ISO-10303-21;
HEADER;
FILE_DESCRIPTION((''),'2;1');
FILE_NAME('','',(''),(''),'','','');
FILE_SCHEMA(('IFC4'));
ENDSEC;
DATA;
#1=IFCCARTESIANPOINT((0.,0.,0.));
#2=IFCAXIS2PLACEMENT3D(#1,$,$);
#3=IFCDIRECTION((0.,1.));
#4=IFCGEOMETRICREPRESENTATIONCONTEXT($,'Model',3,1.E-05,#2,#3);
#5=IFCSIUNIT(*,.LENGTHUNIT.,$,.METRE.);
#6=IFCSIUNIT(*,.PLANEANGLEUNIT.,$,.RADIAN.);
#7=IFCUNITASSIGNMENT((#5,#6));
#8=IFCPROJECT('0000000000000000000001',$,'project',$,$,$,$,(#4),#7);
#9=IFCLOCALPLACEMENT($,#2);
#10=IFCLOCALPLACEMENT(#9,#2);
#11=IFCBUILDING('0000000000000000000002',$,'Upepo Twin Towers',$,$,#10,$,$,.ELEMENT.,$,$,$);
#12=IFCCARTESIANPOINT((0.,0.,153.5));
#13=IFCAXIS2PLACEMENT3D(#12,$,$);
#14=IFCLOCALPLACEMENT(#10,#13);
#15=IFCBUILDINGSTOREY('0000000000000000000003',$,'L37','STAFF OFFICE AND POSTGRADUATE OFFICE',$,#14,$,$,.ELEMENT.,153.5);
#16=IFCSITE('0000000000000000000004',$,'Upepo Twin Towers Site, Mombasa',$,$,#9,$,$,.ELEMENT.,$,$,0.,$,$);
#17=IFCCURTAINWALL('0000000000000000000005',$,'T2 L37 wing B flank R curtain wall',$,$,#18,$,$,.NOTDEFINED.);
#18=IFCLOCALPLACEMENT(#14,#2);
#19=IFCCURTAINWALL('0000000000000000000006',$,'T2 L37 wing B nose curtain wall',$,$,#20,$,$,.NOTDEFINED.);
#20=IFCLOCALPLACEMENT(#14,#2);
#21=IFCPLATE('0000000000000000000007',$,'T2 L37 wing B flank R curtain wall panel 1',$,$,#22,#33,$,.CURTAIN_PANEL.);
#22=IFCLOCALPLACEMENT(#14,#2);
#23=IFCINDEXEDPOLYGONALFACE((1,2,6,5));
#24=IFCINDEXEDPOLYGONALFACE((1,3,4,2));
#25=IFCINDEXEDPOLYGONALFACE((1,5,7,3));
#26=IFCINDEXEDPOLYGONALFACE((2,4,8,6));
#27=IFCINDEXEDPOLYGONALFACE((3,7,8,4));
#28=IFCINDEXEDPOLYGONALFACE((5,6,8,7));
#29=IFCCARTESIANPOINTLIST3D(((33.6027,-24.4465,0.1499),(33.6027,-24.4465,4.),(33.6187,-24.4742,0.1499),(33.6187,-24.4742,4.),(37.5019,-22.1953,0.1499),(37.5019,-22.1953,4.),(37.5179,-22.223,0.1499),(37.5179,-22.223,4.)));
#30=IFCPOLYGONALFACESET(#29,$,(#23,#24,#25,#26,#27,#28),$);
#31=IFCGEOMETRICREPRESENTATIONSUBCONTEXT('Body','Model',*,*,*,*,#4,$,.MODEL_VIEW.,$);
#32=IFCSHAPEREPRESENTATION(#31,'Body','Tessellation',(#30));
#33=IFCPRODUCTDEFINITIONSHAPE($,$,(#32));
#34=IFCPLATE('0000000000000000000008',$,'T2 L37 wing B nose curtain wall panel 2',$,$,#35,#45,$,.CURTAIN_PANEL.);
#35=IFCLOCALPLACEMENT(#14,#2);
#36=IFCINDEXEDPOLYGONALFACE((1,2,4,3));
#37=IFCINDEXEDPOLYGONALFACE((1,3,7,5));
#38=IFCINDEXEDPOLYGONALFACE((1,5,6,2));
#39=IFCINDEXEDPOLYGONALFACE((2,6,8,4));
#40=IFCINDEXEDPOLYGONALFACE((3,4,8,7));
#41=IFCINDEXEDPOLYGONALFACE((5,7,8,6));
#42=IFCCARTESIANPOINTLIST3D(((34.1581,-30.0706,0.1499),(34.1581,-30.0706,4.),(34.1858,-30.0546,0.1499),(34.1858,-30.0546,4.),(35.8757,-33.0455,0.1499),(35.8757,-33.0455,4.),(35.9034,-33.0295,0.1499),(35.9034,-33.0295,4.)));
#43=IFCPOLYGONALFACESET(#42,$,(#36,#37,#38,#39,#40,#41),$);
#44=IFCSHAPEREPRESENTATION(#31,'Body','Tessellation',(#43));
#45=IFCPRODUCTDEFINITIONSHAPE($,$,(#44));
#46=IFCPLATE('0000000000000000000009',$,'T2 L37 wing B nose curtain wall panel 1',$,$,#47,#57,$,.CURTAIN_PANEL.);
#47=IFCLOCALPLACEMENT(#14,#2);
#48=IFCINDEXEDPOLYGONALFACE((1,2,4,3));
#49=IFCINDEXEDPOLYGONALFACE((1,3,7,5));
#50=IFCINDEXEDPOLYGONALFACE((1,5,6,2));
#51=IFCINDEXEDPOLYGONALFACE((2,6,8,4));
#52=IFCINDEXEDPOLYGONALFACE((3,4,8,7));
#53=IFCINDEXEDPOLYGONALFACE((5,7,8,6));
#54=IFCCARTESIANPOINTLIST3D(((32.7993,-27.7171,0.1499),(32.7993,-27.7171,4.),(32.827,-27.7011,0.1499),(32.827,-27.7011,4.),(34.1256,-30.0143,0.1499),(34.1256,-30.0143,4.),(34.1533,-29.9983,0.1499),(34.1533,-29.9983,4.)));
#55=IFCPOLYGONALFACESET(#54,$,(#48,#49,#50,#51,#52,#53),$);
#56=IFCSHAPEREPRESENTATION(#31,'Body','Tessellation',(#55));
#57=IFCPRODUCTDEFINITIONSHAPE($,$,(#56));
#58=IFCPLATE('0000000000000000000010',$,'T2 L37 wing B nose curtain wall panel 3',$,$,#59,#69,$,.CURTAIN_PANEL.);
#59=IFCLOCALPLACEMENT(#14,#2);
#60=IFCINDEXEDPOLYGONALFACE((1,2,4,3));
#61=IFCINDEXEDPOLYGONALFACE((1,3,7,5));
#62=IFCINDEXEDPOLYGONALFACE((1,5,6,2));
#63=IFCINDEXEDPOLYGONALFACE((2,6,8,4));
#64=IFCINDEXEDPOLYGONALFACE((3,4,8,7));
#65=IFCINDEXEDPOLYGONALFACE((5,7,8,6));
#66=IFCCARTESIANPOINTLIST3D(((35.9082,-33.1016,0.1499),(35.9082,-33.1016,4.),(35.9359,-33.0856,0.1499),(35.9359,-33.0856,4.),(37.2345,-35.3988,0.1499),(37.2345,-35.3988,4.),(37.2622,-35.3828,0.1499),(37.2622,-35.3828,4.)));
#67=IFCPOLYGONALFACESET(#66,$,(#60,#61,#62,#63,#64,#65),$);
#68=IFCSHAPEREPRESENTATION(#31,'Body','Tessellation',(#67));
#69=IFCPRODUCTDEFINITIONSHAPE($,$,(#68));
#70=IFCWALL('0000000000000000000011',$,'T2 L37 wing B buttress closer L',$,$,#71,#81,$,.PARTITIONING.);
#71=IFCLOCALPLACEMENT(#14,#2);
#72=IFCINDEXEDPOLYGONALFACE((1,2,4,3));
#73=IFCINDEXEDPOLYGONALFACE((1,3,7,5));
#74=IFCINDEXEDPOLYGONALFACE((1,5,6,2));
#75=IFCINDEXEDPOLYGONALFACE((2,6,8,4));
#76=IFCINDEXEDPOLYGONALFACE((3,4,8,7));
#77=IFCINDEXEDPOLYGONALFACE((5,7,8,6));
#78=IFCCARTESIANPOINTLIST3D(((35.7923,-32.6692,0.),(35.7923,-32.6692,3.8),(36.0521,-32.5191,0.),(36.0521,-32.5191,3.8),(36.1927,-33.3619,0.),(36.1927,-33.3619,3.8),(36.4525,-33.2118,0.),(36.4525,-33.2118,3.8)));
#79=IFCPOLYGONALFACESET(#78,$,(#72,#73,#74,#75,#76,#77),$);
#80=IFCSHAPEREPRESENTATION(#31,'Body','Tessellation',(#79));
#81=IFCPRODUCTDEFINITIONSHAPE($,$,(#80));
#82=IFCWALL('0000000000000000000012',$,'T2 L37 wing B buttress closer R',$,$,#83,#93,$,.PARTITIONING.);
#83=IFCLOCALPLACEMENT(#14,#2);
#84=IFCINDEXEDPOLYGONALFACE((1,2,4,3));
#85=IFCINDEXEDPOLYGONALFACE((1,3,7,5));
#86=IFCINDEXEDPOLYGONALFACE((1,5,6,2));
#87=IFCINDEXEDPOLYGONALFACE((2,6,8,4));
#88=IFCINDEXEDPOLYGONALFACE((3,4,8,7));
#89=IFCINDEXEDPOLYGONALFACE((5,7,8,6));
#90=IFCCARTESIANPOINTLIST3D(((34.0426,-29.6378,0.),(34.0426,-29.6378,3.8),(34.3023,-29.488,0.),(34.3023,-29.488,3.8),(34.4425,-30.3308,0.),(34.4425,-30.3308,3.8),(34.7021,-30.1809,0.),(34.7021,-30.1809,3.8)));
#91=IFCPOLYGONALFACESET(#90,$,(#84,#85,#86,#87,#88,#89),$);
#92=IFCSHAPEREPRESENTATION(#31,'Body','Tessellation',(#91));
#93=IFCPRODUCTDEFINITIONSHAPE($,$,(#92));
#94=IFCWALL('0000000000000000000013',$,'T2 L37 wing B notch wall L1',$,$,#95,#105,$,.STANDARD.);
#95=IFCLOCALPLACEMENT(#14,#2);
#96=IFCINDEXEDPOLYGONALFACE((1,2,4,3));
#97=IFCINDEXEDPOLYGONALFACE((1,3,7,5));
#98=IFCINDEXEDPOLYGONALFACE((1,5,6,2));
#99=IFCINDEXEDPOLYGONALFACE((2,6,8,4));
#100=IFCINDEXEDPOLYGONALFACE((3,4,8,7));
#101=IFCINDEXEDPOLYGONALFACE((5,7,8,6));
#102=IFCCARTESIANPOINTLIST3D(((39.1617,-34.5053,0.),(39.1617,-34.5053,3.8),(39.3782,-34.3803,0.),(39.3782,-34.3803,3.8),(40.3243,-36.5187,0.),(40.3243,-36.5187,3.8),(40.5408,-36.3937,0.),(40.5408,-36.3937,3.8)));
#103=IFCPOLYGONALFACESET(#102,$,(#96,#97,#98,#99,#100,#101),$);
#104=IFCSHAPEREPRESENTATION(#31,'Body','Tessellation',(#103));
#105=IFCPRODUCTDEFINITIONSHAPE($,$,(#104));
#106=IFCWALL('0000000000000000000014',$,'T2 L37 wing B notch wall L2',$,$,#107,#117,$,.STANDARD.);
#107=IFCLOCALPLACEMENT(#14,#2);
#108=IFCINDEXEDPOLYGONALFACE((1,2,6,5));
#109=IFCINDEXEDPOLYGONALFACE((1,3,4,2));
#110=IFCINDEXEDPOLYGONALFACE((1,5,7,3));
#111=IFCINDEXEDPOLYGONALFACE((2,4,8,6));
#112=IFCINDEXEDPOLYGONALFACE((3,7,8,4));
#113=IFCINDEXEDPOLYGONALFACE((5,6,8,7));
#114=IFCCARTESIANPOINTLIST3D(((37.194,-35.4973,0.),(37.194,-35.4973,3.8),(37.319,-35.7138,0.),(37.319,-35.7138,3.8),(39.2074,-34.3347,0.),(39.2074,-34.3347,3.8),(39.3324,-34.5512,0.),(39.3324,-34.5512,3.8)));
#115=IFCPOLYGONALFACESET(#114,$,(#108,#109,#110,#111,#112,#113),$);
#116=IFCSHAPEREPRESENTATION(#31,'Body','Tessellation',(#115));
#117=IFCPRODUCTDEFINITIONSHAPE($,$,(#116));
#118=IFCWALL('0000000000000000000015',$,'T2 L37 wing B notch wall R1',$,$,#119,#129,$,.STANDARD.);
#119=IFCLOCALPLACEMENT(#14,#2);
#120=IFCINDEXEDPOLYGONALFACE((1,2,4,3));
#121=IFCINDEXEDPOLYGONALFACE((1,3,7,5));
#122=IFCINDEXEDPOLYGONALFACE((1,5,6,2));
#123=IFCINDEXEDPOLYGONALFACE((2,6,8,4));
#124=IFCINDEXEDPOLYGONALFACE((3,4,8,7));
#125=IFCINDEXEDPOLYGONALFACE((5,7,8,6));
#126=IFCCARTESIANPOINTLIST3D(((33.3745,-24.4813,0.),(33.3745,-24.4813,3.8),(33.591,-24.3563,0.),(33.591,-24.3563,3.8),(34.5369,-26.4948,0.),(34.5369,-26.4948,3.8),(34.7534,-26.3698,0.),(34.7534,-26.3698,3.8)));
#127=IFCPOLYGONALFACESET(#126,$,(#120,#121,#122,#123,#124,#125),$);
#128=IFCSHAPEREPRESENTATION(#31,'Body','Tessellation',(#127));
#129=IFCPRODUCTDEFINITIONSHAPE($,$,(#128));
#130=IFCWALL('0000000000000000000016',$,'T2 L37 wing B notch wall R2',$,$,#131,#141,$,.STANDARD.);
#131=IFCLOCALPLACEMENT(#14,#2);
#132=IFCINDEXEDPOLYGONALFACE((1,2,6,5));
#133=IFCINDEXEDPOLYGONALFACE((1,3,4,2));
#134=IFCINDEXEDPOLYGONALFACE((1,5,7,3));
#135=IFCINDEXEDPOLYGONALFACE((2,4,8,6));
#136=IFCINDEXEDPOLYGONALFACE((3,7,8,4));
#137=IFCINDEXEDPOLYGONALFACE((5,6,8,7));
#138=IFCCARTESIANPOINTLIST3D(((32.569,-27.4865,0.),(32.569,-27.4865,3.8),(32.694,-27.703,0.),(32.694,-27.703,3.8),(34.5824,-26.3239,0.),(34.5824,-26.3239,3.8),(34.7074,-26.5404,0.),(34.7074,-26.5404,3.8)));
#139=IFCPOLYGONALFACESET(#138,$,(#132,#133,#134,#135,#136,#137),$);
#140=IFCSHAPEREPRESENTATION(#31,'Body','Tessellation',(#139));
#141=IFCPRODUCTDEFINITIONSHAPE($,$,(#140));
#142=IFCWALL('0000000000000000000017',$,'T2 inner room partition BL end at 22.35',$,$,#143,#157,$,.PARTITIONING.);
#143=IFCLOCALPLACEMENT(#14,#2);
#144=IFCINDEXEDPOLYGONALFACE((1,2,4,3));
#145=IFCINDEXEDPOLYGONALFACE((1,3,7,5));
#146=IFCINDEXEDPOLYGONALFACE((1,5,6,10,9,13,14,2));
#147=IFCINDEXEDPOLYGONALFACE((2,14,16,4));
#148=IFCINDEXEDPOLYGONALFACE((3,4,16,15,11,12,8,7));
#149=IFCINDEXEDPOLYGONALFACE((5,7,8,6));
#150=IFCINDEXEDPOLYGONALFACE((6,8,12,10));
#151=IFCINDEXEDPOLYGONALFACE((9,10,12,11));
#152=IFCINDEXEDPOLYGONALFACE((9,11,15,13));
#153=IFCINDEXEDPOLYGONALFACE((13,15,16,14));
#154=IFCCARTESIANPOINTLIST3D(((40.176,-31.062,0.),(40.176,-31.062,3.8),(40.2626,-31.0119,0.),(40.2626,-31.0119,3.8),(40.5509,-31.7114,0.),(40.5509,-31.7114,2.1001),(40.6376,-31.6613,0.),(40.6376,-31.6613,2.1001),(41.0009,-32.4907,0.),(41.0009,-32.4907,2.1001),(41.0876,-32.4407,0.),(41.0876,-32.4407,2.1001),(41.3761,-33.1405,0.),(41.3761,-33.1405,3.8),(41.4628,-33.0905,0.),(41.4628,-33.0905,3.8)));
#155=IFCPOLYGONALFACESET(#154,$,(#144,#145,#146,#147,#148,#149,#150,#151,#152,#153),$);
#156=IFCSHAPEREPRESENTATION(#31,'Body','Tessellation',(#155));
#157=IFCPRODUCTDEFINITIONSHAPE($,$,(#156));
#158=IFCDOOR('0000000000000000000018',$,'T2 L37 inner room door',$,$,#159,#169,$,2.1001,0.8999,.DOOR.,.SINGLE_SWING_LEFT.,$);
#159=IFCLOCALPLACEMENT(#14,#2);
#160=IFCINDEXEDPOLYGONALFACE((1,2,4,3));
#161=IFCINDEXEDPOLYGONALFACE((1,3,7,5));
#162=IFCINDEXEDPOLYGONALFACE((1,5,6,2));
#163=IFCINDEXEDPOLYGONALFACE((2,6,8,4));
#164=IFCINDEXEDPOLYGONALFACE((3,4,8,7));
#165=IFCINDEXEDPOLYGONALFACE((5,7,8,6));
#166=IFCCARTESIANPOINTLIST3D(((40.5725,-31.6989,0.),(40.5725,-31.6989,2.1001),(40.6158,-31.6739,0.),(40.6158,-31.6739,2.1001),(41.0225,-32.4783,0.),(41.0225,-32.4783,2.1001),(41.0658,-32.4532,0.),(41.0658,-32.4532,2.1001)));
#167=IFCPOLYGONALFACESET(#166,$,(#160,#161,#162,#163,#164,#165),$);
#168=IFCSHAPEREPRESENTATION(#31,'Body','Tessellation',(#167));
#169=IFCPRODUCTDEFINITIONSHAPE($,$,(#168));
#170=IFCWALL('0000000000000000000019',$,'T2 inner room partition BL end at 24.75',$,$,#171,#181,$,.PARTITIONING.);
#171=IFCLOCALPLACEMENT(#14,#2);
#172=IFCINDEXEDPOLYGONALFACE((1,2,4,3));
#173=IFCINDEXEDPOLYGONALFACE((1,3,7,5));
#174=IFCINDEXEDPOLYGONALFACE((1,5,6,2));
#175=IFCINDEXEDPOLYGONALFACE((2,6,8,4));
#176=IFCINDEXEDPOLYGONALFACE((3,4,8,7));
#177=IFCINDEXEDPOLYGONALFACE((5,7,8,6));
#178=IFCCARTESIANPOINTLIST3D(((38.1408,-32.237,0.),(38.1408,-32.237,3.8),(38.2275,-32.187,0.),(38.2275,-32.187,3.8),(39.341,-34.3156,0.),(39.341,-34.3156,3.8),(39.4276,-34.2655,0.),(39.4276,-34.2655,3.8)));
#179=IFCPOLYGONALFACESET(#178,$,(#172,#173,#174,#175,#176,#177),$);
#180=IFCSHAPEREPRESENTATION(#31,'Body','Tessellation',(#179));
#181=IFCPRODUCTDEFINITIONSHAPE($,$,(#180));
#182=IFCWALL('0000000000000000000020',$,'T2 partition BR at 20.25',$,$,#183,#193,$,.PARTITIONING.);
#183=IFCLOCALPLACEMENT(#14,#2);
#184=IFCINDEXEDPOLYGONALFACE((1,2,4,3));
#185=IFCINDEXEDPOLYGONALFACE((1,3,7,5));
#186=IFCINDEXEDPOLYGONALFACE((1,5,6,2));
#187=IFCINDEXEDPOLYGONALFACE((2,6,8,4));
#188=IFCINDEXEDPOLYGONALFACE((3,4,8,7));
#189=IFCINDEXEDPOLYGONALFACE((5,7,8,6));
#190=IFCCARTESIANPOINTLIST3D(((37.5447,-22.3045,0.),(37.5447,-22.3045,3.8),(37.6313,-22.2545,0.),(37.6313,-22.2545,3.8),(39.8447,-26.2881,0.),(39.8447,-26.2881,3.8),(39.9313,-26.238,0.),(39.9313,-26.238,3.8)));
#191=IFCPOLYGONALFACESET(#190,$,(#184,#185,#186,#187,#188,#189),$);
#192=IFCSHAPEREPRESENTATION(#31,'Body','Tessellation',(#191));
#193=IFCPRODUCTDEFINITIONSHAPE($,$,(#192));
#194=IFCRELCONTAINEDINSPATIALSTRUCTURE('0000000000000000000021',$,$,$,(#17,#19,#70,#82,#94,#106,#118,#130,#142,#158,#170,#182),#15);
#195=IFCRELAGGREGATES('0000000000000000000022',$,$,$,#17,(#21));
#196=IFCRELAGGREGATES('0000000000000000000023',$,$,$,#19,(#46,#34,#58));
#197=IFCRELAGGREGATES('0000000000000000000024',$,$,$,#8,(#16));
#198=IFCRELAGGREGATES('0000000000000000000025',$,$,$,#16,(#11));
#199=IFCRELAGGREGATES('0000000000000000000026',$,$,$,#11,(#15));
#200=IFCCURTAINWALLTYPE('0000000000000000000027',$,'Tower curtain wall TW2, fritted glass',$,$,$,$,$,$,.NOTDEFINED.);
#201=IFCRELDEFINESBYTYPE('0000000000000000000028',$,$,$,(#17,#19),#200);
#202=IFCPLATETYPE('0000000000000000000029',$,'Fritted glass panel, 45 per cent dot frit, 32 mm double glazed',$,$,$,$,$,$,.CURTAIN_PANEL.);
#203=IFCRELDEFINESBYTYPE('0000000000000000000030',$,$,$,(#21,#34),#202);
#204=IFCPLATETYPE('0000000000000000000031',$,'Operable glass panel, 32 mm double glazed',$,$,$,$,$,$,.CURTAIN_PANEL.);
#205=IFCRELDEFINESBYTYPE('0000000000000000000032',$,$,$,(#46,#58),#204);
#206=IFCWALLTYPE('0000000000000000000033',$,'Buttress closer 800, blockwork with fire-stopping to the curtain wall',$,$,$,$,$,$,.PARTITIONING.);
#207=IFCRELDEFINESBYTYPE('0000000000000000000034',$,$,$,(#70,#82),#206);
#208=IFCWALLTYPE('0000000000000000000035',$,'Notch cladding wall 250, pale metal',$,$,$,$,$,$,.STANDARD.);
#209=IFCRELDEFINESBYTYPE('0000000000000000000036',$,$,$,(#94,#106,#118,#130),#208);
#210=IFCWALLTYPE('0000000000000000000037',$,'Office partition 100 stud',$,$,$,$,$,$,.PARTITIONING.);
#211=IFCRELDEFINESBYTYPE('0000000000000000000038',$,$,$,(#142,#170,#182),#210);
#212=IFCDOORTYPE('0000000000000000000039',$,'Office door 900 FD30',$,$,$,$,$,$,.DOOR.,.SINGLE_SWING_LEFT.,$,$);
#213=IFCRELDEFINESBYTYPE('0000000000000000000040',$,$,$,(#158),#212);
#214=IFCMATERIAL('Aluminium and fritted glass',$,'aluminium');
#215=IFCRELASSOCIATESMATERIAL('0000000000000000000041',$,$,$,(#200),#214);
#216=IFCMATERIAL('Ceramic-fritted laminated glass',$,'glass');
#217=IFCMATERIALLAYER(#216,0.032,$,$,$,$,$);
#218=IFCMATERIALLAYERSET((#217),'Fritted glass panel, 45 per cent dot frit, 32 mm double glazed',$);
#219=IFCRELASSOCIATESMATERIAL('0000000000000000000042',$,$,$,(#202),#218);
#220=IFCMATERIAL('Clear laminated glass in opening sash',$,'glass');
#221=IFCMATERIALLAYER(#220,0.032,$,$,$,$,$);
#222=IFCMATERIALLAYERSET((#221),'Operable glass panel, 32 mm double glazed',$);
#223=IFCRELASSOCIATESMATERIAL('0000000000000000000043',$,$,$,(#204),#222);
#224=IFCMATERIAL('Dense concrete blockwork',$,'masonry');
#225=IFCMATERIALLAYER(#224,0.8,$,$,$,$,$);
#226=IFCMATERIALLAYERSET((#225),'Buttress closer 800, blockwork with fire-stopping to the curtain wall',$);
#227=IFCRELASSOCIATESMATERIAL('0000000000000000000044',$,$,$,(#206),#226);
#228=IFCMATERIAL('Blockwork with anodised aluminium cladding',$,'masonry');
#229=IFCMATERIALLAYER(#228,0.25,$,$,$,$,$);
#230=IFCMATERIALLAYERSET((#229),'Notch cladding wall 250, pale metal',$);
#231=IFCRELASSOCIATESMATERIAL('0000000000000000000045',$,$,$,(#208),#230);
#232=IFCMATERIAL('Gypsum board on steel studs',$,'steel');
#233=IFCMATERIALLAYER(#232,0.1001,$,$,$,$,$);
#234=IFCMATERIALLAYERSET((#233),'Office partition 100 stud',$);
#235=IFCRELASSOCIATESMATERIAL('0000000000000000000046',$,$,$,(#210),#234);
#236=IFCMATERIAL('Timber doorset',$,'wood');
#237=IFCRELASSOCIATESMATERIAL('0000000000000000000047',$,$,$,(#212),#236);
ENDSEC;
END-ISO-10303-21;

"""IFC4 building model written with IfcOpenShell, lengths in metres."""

from ifc_helpers import new_model, si_unit, direction, frame, frame_2d, origin, origin_2d, place, context, subcontext, project, spatial, rectangle, extrude, material, layer, layer_set, type_object, element, fill, aggregate, save


model = new_model("IFC4")

# Units and contexts
model_context = context("Model", 3, precision=1e-05, world=origin(), true_north=direction((0.0, 1.0)))
body_context = subcontext(model_context, "Body", "Model", "MODEL_VIEW")
ifc_project = project(units=[si_unit("LENGTHUNIT", "METRE"), si_unit("PLANEANGLEUNIT", "RADIAN")], contexts=[model_context])

# Site, building, storey
site_placement = place(None, origin())
site = spatial("IfcSite", under=ifc_project, at=site_placement, Name="Upepo Twin Towers Site, Mombasa", CompositionType="ELEMENT", RefElevation=0.0)
building_placement = place(site_placement, origin())
building = spatial("IfcBuilding", under=site, at=building_placement, Name="Upepo Twin Towers", CompositionType="ELEMENT")
storey_placement = place(building_placement, frame((0.0, 0.0, 153.5)))
storey = spatial("IfcBuildingStorey", under=building, at=storey_placement, Name="L37", Description="STAFF OFFICE AND POSTGRADUATE OFFICE", CompositionType="ELEMENT", Elevation=153.5)

# Curtain wall
ifc_material_1 = material(Name="Aluminium and fritted glass", Category="aluminium")
curtain_wall_type = type_object("IfcCurtainWallType", Name="Tower curtain wall TW2, fritted glass", PredefinedType="NOTDEFINED", material=ifc_material_1)
curtain_wall_1_placement = place(storey_placement, origin())
curtain_wall_1 = element("IfcCurtainWall", 1, at=curtain_wall_1_placement, inside=storey, type_object=curtain_wall_type, Name="T2 L37 wing B flank R curtain wall", PredefinedType="NOTDEFINED")

# Curtain wall
curtain_wall_2_placement = place(storey_placement, origin())
curtain_wall_2 = element("IfcCurtainWall", 2, at=curtain_wall_2_placement, inside=storey, type_object=curtain_wall_type, Name="T2 L37 wing B nose curtain wall", PredefinedType="NOTDEFINED")

# Plates
ifc_material_2 = material(Name="Ceramic-fritted laminated glass", Category="glass")
ifc_layer_1 = layer(ifc_material_2, 0.032)
ifc_layer_set_1 = layer_set([ifc_layer_1], Name="Fritted glass panel, 45 per cent dot frit, 32 mm double glazed")
plate_type_1 = type_object("IfcPlateType", Name="Fritted glass panel, 45 per cent dot frit, 32 mm double glazed", PredefinedType="CURTAIN_PANEL", material=ifc_layer_set_1)
plate_1_placement = place(storey_placement, frame((35.5603, -23.3347, 0.1499), z_axis=(0.0, 0.0, 1.0), x_axis=(0.866025, 0.5, 0.0)))
plate_1 = element("IfcPlate", 3, at=plate_1_placement, type_object=plate_type_1, Name="T2 L37 wing B flank R curtain wall panel 1", PredefinedType="CURTAIN_PANEL", context=body_context, shape_type="SweptSolid", body=[
    extrude(rectangle(XDim=4.5024, YDim=0.032, at=origin_2d()), origin(), (0.0, 0.0, 1.0), 3.8501),
])
aggregate(curtain_wall_1, [plate_1])
plate_2_placement = place(storey_placement, frame((35.0308, -31.55, 0.1499), z_axis=(0.0, 0.0, 1.0), x_axis=(0.5, -0.866025, 0.0)))
plate_2 = element("IfcPlate", 4, at=plate_2_placement, type_object=plate_type_1, Name="T2 L37 wing B nose curtain wall panel 2", PredefinedType="CURTAIN_PANEL", context=body_context, shape_type="SweptSolid", body=[
    extrude(rectangle(XDim=3.4351, YDim=0.032, at=origin_2d()), origin(), (0.0, 0.0, 1.0), 3.8501),
])
ifc_material_3 = material(Name="Clear laminated glass in opening sash", Category="glass")
ifc_layer_2 = layer(ifc_material_3, 0.032)
ifc_layer_set_2 = layer_set([ifc_layer_2], Name="Operable glass panel, 32 mm double glazed")
plate_type_2 = type_object("IfcPlateType", Name="Operable glass panel, 32 mm double glazed", PredefinedType="CURTAIN_PANEL", material=ifc_layer_set_2)
plate_3_placement = place(storey_placement, frame((33.4763, -28.8577, 0.1499), z_axis=(0.0, 0.0, 1.0), x_axis=(0.5, -0.866025, 0.0)))
plate_3 = element("IfcPlate", 5, at=plate_3_placement, type_object=plate_type_2, Name="T2 L37 wing B nose curtain wall panel 1", PredefinedType="CURTAIN_PANEL", context=body_context, shape_type="SweptSolid", body=[
    extrude(rectangle(XDim=2.6526, YDim=0.032, at=origin_2d()), origin(), (0.0, 0.0, 1.0), 3.8501),
])
plate_4_placement = place(storey_placement, frame((36.5852, -34.2422, 0.1499), z_axis=(0.0, 0.0, 1.0), x_axis=(0.5, -0.866025, 0.0)))
plate_4 = element("IfcPlate", 6, at=plate_4_placement, type_object=plate_type_2, Name="T2 L37 wing B nose curtain wall panel 3", PredefinedType="CURTAIN_PANEL", context=body_context, shape_type="SweptSolid", body=[
    extrude(rectangle(XDim=2.6526, YDim=0.032, at=origin_2d()), origin(), (0.0, 0.0, 1.0), 3.8501),
])
aggregate(curtain_wall_2, [plate_3, plate_2, plate_4])

# Walls
ifc_material_4 = material(Name="Dense concrete blockwork", Category="masonry")
ifc_layer_3 = layer(ifc_material_4, 0.8)
ifc_layer_set_3 = layer_set([ifc_layer_3], Name="Buttress closer 800, blockwork with fire-stopping to the curtain wall")
wall_type_1 = type_object("IfcWallType", Name="Buttress closer 800, blockwork with fire-stopping to the curtain wall", PredefinedType="PARTITIONING", material=ifc_layer_set_3)
wall_1_placement = place(storey_placement, frame((36.2522, -32.8655, 0.0), z_axis=(0.0, 0.0, 1.0), x_axis=(-0.865779, -0.500427, 0.0)))
element("IfcWall", 7, at=wall_1_placement, inside=storey, type_object=wall_type_1, Name="T2 L37 wing B buttress closer L", PredefinedType="PARTITIONING", context=body_context, shape_type="SweptSolid", body=[
    extrude(rectangle(XDim=0.3, YDim=0.8, at=frame_2d((0.1499, 0.0))), origin(), (0.0, 0.0, 1.0), 3.8),
])
wall_2_placement = place(storey_placement, frame((34.5022, -29.8345, 0.0), z_axis=(0.0, 0.0, 1.0), x_axis=(-0.866131, -0.499816, 0.0)))
element("IfcWall", 8, at=wall_2_placement, inside=storey, type_object=wall_type_1, Name="T2 L37 wing B buttress closer R", PredefinedType="PARTITIONING", context=body_context, shape_type="SweptSolid", body=[
    extrude(rectangle(XDim=0.2998, YDim=0.8, at=frame_2d((0.1499, 0.0))), origin(), (0.0, 0.0, 1.0), 3.8),
])
ifc_material_5 = material(Name="Blockwork with anodised aluminium cladding", Category="masonry")
ifc_layer_4 = layer(ifc_material_5, 0.25)
ifc_layer_set_4 = layer_set([ifc_layer_4], Name="Notch cladding wall 250, pale metal")
wall_type_2 = type_object("IfcWallType", Name="Notch cladding wall 250, pale metal", PredefinedType="STANDARD", material=ifc_layer_set_4)
for number, where, z_axis, x_axis, name in (
    (9, (40.4326, -36.4563, 0.0), (0.0, 0.0, 1.0), (-0.500047, 0.865998, 0.0), "T2 L37 wing B notch wall L1"),
    (10, (39.27, -34.4429, 0.0), (0.0, 0.0, 1.0), (-0.865998, -0.500047, 0.0), "T2 L37 wing B notch wall L2"),
    (11, (33.4827, -24.4187, 0.0), (0.0, 0.0, 1.0), (0.499968, -0.866044, 0.0), "T2 L37 wing B notch wall R1"),
    (12, (34.645, -26.4321, 0.0), (0.0, 0.0, 1.0), (-0.865998, -0.500047, 0.0), "T2 L37 wing B notch wall R2"),
):
    element("IfcWall", number, at=place(storey_placement, frame(where, z_axis=z_axis, x_axis=x_axis)), inside=storey, type_object=wall_type_2, Name=name, PredefinedType="STANDARD", context=body_context, shape_type="SweptSolid", body=[
        extrude(rectangle(XDim=2.325, YDim=0.25, at=frame_2d((1.1626, 0.0))), origin(), (0.0, 0.0, 1.0), 3.8),
    ])

# Wall, opening, door
ifc_material_6 = material(Name="Gypsum board on steel studs", Category="steel")
ifc_layer_5 = layer(ifc_material_6, 0.1001)
ifc_layer_set_5 = layer_set([ifc_layer_5], Name="Office partition 100 stud")
wall_type_3 = type_object("IfcWallType", Name="Office partition 100 stud", PredefinedType="PARTITIONING", material=ifc_layer_set_5)
wall_3_placement = place(storey_placement, frame((40.2192, -31.0369, 0.0), z_axis=(0.0, 0.0, 1.0), x_axis=(0.500034, -0.866006, 0.0)))
wall_3 = element("IfcWall", 13, at=wall_3_placement, inside=storey, type_object=wall_type_3, Name="T2 inner room partition BL end at 22.35", PredefinedType="PARTITIONING", context=body_context, shape_type="SweptSolid", body=[
    extrude(rectangle(XDim=2.4001, YDim=0.1001, at=frame_2d((1.2002, 0.0))), origin(), (0.0, 0.0, 1.0), 3.8),
])
opening_1_placement = place(wall_3_placement, frame((0.75, 0.0, 0.0)))
opening_1 = element("IfcOpeningElement", 14, at=opening_1_placement, cuts=wall_3, PredefinedType="OPENING", context=body_context, shape_type="SweptSolid", body=[
    extrude(rectangle(XDim=0.8999, YDim=2.1001, at=frame_2d((0.45, 1.05))), frame((0.0, 0.0601, 0.0), z_axis=(0.0, -1.0, 0.0), x_axis=(1.0, 0.0, 0.0)), (0.0, 0.0, 1.0), 0.1201),
])
ifc_material_7 = material(Name="Timber doorset", Category="wood")
door_type = type_object("IfcDoorType", Name="Office door 900 FD30", OperationType="SINGLE_SWING_LEFT", PredefinedType="DOOR", material=ifc_material_7)
door_1_placement = place(opening_1_placement, origin())
door_1 = element("IfcDoor", 15, at=door_1_placement, inside=storey, type_object=door_type, Name="T2 L37 inner room door", OperationType="SINGLE_SWING_LEFT", OverallHeight=2.1001, OverallWidth=0.8999, PredefinedType="DOOR", context=body_context, shape_type="SweptSolid", body=[
    extrude(rectangle(XDim=0.8999, YDim=2.1001, at=frame_2d((0.45, 1.05))), frame((0.0, 0.0249, 0.0), z_axis=(0.0, -1.0, 0.0), x_axis=(1.0, 0.0, 0.0)), (0.0, 0.0, 1.0), 0.05),
])
fill(opening_1, door_1)

# Walls
wall_4_placement = place(storey_placement, frame((38.1841, -32.2119, 0.0), z_axis=(0.0, 0.0, 1.0), x_axis=(0.500034, -0.866006, 0.0)))
element("IfcWall", 16, at=wall_4_placement, inside=storey, type_object=wall_type_3, Name="T2 inner room partition BL end at 24.75", PredefinedType="PARTITIONING", context=body_context, shape_type="SweptSolid", body=[
    extrude(rectangle(XDim=2.4001, YDim=0.1001, at=frame_2d((1.2002, 0.0))), origin(), (0.0, 0.0, 1.0), 3.8),
])
wall_5_placement = place(storey_placement, frame((39.8879, -26.2629, 0.0), z_axis=(0.0, 0.0, 1.0), x_axis=(-0.500015, 0.866017, 0.0)))
element("IfcWall", 17, at=wall_5_placement, inside=storey, type_object=wall_type_3, Name="T2 partition BR at 20.25", PredefinedType="PARTITIONING", context=body_context, shape_type="SweptSolid", body=[
    extrude(rectangle(XDim=4.5999, YDim=0.1001, at=frame_2d((2.2998, 0.0))), origin(), (0.0, 0.0, 1.0), 3.8),
])

save(model, "model.ifc")
